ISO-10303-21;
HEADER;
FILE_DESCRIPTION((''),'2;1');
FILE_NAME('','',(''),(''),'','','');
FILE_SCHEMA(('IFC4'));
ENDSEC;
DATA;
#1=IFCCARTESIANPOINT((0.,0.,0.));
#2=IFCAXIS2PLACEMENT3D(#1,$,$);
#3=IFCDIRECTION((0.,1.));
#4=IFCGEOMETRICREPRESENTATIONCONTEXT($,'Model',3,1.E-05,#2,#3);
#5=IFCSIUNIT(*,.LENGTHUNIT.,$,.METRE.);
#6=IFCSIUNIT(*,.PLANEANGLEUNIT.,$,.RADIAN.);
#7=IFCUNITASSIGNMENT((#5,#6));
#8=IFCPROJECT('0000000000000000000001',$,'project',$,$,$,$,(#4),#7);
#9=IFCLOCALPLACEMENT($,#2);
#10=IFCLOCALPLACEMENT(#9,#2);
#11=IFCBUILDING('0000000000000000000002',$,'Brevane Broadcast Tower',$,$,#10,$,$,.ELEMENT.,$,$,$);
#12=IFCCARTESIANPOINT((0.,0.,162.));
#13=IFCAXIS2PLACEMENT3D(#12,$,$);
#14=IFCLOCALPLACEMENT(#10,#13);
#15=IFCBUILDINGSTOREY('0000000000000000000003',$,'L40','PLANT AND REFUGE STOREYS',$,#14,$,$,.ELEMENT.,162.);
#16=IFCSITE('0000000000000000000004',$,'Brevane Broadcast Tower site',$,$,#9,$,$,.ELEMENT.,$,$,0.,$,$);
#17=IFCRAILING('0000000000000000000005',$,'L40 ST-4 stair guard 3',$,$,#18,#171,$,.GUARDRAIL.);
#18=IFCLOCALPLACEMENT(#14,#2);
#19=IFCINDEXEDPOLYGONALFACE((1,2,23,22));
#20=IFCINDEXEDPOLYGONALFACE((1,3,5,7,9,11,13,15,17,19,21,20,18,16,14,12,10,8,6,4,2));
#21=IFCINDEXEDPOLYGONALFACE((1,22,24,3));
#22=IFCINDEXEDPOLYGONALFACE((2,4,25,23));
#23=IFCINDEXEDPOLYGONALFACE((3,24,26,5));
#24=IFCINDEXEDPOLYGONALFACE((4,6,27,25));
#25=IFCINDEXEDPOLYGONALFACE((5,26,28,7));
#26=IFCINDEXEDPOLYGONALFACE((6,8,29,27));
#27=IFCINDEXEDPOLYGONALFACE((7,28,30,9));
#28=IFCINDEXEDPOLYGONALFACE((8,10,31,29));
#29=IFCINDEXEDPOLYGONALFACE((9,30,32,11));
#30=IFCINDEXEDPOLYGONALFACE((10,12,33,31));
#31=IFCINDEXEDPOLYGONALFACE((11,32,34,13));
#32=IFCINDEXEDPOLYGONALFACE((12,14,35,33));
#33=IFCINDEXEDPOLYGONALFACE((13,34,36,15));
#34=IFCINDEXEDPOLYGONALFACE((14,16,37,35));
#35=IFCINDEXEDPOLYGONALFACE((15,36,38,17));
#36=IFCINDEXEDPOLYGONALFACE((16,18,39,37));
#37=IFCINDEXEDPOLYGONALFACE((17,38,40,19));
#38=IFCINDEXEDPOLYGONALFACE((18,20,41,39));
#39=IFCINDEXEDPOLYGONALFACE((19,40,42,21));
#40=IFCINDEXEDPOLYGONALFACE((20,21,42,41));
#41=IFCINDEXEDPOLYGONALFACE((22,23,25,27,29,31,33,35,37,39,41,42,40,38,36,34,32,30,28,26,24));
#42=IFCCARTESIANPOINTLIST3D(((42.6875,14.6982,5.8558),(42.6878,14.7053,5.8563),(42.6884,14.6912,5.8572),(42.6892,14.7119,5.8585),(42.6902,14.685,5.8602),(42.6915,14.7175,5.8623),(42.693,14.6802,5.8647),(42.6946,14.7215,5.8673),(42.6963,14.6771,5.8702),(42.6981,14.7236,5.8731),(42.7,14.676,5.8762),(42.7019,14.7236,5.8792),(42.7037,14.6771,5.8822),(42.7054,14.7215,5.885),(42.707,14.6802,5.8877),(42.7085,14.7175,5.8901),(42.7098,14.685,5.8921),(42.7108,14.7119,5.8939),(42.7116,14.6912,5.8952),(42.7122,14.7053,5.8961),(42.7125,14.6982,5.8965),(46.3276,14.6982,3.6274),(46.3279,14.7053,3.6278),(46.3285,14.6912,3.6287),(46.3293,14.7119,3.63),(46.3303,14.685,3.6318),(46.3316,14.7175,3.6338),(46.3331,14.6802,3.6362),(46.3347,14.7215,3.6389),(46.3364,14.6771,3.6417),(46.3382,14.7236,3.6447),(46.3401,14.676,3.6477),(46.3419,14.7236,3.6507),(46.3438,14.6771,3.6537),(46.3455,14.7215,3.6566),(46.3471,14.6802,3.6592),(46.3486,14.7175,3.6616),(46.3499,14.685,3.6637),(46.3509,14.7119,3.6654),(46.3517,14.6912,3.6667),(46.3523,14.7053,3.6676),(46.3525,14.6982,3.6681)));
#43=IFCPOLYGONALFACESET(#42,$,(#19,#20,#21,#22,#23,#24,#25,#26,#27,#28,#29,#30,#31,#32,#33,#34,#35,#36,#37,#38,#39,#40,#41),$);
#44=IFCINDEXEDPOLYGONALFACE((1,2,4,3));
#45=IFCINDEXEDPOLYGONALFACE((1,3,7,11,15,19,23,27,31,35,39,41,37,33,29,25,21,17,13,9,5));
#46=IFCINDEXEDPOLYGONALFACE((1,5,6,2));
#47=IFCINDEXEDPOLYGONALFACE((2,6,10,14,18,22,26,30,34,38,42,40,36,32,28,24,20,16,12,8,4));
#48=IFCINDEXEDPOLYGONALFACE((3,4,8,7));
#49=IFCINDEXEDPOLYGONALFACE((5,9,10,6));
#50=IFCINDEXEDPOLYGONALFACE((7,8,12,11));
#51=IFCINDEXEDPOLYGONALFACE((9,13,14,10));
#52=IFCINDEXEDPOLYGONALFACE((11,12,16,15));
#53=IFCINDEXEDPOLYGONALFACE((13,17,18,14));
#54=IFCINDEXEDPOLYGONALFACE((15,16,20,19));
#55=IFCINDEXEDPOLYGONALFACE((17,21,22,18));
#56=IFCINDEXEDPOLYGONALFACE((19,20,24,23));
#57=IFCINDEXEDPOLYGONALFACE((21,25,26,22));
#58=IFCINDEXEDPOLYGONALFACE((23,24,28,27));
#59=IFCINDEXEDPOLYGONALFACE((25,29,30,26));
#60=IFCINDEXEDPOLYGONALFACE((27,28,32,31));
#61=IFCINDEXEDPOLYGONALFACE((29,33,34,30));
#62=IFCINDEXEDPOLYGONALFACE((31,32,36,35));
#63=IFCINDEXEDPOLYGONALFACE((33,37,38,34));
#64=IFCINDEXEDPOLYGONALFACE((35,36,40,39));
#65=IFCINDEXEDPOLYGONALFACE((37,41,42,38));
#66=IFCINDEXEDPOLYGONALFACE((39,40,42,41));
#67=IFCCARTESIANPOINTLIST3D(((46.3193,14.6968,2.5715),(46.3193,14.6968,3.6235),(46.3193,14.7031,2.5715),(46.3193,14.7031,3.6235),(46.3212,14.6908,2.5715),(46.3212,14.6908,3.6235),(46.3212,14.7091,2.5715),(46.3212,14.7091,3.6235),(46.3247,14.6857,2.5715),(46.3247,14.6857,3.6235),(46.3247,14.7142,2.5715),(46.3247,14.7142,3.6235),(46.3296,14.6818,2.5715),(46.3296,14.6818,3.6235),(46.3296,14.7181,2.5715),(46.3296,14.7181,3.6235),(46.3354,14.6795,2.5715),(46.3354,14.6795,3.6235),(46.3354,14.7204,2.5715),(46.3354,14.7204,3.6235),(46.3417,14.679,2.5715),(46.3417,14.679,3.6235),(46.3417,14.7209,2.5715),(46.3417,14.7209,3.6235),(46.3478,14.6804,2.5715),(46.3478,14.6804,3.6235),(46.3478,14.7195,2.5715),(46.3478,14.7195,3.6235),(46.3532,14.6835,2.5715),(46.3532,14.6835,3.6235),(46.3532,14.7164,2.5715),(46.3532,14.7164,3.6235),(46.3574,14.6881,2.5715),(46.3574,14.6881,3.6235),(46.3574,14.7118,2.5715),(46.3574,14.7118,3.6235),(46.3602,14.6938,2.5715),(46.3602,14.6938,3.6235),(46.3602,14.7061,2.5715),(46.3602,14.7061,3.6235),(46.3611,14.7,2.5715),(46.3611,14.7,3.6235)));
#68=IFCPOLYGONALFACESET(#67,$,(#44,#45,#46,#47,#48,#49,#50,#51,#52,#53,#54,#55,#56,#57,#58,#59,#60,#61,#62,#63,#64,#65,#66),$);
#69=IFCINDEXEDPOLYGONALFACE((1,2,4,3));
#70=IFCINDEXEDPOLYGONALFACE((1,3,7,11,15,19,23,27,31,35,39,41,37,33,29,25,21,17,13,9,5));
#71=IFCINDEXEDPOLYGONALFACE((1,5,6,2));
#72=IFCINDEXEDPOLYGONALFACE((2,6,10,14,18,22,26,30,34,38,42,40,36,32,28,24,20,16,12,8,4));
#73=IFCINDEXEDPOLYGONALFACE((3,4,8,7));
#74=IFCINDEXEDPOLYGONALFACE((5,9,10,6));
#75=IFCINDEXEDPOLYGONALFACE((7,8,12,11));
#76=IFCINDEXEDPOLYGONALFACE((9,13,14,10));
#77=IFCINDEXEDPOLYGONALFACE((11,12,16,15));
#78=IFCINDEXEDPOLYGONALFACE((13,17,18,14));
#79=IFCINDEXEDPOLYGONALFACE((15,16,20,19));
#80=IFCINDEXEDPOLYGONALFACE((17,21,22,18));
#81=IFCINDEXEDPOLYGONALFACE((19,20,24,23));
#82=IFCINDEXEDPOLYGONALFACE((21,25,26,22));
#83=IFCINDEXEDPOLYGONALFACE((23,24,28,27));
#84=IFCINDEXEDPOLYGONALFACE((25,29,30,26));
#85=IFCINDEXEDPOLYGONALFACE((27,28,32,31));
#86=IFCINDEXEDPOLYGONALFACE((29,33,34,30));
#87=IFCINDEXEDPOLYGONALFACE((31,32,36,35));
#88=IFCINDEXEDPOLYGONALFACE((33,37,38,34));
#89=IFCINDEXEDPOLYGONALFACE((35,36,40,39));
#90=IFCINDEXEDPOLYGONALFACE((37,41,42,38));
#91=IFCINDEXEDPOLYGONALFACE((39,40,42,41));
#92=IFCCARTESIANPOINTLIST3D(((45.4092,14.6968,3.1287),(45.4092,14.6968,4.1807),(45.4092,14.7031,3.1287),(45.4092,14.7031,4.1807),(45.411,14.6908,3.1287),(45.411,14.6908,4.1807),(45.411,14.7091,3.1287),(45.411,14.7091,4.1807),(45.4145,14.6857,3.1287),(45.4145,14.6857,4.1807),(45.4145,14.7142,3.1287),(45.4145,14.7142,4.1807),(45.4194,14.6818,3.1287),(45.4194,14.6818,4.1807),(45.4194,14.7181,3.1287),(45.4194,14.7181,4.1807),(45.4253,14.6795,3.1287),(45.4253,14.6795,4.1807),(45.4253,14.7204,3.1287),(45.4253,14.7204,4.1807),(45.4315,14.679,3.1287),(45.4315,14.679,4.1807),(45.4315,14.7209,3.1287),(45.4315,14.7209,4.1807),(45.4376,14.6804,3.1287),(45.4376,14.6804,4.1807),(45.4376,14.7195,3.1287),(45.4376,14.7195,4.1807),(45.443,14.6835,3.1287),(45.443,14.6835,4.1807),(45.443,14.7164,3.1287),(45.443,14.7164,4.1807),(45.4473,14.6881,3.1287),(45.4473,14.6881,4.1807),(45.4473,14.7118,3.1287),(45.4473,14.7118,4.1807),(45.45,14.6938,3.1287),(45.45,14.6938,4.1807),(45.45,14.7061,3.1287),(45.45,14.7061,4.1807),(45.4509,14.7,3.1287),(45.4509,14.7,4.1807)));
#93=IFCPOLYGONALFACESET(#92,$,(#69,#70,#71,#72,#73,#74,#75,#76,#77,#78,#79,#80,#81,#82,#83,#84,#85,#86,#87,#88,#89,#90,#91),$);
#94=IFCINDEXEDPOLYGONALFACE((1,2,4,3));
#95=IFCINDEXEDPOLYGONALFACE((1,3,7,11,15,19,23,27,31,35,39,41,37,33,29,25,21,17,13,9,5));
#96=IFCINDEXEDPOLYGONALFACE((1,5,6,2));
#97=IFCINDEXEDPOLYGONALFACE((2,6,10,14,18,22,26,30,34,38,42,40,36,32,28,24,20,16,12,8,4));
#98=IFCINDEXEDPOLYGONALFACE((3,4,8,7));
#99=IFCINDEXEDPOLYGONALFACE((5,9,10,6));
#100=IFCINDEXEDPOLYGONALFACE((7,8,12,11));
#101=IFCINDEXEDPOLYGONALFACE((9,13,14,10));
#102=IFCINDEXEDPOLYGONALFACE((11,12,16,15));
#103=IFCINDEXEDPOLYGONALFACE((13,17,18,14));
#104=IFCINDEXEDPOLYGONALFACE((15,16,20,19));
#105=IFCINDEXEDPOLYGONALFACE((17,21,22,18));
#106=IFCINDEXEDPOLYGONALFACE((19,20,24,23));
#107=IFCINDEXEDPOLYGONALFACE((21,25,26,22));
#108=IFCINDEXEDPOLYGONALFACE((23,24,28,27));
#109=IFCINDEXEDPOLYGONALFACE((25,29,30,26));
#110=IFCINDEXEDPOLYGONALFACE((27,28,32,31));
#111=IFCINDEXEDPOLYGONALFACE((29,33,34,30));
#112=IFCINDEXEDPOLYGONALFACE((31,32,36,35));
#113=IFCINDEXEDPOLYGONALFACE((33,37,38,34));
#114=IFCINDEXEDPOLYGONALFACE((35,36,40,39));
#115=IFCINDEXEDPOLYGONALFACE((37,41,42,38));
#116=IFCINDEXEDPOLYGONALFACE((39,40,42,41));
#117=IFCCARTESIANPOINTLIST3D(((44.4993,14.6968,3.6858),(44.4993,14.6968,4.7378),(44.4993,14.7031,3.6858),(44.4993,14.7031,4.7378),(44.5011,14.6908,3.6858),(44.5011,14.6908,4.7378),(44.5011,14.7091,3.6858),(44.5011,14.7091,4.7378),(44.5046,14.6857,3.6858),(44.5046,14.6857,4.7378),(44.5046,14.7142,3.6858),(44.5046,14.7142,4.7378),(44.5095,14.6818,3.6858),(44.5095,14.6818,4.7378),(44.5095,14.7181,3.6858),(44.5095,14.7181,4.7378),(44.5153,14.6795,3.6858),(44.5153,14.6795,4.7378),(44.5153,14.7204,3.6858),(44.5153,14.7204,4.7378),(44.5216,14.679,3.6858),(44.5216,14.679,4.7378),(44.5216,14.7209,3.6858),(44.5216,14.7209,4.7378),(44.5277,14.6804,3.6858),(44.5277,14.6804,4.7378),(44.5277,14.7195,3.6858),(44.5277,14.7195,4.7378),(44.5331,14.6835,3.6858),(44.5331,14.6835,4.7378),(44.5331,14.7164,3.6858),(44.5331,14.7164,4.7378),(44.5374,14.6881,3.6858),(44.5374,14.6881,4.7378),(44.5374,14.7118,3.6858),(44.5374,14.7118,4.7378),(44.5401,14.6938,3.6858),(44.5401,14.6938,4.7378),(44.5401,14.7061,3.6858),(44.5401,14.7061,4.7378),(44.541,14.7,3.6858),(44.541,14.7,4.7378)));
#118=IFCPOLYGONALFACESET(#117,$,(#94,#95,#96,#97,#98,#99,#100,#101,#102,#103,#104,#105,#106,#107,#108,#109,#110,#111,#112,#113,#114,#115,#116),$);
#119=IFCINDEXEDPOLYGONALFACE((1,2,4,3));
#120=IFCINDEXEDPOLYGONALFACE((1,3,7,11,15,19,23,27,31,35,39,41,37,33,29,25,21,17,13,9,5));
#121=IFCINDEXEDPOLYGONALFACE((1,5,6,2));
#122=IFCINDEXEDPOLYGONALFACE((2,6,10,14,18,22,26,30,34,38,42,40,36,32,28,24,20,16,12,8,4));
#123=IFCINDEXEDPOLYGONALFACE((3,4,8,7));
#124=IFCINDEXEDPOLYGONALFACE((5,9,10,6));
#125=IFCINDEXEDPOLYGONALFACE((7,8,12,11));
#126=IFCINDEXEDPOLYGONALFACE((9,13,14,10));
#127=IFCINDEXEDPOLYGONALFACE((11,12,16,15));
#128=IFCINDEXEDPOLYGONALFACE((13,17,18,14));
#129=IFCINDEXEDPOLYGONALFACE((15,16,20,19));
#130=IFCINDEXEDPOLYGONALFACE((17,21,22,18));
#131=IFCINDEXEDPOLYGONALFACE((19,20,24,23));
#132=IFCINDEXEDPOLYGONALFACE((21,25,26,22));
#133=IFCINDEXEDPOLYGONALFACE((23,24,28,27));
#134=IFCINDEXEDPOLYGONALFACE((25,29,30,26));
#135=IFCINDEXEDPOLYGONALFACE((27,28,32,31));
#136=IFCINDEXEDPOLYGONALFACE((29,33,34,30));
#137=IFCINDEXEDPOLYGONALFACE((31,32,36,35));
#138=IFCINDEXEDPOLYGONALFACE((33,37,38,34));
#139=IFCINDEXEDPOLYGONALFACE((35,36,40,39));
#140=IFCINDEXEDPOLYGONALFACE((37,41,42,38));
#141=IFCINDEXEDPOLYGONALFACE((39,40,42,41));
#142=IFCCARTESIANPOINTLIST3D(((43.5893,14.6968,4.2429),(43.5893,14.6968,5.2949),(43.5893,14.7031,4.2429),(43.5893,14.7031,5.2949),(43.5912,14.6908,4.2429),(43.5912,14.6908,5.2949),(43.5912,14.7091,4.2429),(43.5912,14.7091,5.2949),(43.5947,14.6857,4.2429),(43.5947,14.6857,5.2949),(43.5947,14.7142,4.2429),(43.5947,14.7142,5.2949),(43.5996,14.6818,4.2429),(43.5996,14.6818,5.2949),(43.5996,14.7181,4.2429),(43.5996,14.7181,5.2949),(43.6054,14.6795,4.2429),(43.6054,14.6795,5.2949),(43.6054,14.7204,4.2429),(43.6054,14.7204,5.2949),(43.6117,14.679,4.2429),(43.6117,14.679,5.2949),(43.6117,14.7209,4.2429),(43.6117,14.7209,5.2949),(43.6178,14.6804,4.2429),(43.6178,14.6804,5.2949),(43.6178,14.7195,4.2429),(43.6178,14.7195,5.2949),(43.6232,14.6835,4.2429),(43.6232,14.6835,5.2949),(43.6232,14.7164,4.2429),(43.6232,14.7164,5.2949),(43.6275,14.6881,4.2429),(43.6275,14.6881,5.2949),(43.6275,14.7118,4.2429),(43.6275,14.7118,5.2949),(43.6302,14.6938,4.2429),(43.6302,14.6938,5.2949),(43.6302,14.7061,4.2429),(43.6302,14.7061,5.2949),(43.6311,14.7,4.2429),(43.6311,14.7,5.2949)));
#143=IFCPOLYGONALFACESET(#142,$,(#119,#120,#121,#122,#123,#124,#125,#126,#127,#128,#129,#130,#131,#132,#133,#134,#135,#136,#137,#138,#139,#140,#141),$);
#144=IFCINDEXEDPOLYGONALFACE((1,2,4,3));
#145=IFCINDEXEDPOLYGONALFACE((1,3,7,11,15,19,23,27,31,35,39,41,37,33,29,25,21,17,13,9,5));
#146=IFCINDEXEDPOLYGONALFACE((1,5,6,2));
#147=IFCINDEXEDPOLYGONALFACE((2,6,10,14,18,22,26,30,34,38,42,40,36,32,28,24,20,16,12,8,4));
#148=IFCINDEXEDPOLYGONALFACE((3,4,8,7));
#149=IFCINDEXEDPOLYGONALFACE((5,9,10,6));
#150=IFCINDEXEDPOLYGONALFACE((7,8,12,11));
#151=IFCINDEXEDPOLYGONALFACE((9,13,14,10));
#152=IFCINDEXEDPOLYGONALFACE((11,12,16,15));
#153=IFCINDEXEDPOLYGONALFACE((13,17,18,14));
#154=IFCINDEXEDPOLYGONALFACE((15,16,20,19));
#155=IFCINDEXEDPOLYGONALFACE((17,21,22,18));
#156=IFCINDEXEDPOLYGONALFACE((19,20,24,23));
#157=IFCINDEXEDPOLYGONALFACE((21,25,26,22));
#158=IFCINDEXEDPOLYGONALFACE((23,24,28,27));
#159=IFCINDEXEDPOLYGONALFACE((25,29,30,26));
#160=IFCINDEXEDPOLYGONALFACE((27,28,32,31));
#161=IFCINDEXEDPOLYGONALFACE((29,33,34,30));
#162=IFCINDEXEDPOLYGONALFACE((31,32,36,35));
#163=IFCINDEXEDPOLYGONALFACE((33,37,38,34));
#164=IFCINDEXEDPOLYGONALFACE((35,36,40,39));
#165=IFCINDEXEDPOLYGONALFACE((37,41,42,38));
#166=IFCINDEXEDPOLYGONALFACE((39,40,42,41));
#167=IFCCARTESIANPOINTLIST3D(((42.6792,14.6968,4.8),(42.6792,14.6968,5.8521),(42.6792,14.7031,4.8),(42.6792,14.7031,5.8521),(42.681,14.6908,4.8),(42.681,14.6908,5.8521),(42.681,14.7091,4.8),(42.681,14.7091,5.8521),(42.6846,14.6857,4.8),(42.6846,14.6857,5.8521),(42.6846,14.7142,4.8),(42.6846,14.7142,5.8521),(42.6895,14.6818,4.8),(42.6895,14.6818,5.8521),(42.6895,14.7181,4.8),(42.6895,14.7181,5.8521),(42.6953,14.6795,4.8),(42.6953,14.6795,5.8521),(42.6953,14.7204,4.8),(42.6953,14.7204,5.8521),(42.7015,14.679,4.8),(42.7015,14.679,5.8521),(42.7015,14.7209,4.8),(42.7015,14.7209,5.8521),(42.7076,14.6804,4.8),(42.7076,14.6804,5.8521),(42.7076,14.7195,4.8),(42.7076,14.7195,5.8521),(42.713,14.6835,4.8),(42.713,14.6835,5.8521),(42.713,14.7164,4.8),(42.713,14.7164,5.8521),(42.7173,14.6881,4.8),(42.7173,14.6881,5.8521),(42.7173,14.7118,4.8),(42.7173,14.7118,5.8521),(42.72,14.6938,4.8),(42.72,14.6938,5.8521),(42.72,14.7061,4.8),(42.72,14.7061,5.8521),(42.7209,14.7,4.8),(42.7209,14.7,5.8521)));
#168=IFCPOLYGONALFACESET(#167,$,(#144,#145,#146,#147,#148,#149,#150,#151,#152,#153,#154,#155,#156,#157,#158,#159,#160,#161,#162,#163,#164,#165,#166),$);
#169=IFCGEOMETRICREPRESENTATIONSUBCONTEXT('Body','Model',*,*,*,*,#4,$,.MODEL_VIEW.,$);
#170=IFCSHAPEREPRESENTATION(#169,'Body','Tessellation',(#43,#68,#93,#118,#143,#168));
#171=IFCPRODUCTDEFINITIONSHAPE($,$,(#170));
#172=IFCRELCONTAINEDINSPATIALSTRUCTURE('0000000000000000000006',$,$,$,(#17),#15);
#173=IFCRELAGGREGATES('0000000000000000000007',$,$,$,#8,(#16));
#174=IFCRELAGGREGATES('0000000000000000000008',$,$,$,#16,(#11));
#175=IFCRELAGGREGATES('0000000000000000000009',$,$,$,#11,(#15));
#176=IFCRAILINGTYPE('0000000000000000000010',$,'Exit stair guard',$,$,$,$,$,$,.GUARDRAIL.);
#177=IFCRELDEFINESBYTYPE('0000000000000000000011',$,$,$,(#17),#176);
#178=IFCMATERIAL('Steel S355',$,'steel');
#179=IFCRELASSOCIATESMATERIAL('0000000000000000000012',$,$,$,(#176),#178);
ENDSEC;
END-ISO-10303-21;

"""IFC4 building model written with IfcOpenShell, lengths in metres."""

from ifc_helpers import new_model, si_unit, direction, frame, origin, origin_2d, place, context, subcontext, project, spatial, circle, extrude, material, type_object, element, save


model = new_model("IFC4")

# Units and contexts
model_context = context("Model", 3, precision=1e-05, world=origin(), true_north=direction((0.0, 1.0)))
body_context = subcontext(model_context, "Body", "Model", "MODEL_VIEW")
ifc_project = project(units=[si_unit("LENGTHUNIT", "METRE"), si_unit("PLANEANGLEUNIT", "RADIAN")], contexts=[model_context])

# Site, building, storey
site_placement = place(None, origin())
site = spatial("IfcSite", under=ifc_project, at=site_placement, Name="Brevane Broadcast Tower site", CompositionType="ELEMENT", RefElevation=0.0)
building_placement = place(site_placement, origin())
building = spatial("IfcBuilding", under=site, at=building_placement, Name="Brevane Broadcast Tower", CompositionType="ELEMENT")
storey_placement = place(building_placement, frame((0.0, 0.0, 162.0)))
storey = spatial("IfcBuildingStorey", under=building, at=storey_placement, Name="L40", Description="PLANT AND REFUGE STOREYS", CompositionType="ELEMENT", Elevation=162.0)

# Shared definitions
ifc_material_1 = material(Name="Steel S355", Category="steel")

# Railing
railing_type_1 = type_object("IfcRailingType", Name="Exit stair guard", PredefinedType="GUARDRAIL", material=ifc_material_1)
railing_1_placement = place(storey_placement, frame((46.3401, 14.7, 2.5715)))
element("IfcRailing", 1, at=railing_1_placement, inside=storey, type_object=railing_type_1, Name="L40 ST-4 stair guard 3", PredefinedType="GUARDRAIL", context=body_context, shape_type="SweptSolid", body=[
    extrude(circle(Radius=0.0239, at=origin_2d()), frame((0.0, 0.0, 1.0762), z_axis=(-0.852866, 0.0, 0.52213), x_axis=(0.0, -1.0, 0.0)), (0.0, 0.0, 1.0), 4.2681),
    extrude(circle(Radius=0.021, at=origin_2d()), origin(), (0.0, 0.0, 1.0), 1.052),
    extrude(circle(Radius=0.021, at=origin_2d()), frame((-0.9102, 0.0, 0.5571)), (0.0, 0.0, 1.0), 1.052),
    extrude(circle(Radius=0.021, at=origin_2d()), frame((-1.8201, 0.0, 1.1143)), (0.0, 0.0, 1.0), 1.052),
    extrude(circle(Radius=0.021, at=origin_2d()), frame((-2.73, 0.0, 1.6714)), (0.0, 0.0, 1.0), 1.052),
    extrude(circle(Radius=0.021, at=origin_2d()), frame((-3.6401, 0.0, 2.2285)), (0.0, 0.0, 1.0), 1.052),
])

save(model, "model.ifc")
